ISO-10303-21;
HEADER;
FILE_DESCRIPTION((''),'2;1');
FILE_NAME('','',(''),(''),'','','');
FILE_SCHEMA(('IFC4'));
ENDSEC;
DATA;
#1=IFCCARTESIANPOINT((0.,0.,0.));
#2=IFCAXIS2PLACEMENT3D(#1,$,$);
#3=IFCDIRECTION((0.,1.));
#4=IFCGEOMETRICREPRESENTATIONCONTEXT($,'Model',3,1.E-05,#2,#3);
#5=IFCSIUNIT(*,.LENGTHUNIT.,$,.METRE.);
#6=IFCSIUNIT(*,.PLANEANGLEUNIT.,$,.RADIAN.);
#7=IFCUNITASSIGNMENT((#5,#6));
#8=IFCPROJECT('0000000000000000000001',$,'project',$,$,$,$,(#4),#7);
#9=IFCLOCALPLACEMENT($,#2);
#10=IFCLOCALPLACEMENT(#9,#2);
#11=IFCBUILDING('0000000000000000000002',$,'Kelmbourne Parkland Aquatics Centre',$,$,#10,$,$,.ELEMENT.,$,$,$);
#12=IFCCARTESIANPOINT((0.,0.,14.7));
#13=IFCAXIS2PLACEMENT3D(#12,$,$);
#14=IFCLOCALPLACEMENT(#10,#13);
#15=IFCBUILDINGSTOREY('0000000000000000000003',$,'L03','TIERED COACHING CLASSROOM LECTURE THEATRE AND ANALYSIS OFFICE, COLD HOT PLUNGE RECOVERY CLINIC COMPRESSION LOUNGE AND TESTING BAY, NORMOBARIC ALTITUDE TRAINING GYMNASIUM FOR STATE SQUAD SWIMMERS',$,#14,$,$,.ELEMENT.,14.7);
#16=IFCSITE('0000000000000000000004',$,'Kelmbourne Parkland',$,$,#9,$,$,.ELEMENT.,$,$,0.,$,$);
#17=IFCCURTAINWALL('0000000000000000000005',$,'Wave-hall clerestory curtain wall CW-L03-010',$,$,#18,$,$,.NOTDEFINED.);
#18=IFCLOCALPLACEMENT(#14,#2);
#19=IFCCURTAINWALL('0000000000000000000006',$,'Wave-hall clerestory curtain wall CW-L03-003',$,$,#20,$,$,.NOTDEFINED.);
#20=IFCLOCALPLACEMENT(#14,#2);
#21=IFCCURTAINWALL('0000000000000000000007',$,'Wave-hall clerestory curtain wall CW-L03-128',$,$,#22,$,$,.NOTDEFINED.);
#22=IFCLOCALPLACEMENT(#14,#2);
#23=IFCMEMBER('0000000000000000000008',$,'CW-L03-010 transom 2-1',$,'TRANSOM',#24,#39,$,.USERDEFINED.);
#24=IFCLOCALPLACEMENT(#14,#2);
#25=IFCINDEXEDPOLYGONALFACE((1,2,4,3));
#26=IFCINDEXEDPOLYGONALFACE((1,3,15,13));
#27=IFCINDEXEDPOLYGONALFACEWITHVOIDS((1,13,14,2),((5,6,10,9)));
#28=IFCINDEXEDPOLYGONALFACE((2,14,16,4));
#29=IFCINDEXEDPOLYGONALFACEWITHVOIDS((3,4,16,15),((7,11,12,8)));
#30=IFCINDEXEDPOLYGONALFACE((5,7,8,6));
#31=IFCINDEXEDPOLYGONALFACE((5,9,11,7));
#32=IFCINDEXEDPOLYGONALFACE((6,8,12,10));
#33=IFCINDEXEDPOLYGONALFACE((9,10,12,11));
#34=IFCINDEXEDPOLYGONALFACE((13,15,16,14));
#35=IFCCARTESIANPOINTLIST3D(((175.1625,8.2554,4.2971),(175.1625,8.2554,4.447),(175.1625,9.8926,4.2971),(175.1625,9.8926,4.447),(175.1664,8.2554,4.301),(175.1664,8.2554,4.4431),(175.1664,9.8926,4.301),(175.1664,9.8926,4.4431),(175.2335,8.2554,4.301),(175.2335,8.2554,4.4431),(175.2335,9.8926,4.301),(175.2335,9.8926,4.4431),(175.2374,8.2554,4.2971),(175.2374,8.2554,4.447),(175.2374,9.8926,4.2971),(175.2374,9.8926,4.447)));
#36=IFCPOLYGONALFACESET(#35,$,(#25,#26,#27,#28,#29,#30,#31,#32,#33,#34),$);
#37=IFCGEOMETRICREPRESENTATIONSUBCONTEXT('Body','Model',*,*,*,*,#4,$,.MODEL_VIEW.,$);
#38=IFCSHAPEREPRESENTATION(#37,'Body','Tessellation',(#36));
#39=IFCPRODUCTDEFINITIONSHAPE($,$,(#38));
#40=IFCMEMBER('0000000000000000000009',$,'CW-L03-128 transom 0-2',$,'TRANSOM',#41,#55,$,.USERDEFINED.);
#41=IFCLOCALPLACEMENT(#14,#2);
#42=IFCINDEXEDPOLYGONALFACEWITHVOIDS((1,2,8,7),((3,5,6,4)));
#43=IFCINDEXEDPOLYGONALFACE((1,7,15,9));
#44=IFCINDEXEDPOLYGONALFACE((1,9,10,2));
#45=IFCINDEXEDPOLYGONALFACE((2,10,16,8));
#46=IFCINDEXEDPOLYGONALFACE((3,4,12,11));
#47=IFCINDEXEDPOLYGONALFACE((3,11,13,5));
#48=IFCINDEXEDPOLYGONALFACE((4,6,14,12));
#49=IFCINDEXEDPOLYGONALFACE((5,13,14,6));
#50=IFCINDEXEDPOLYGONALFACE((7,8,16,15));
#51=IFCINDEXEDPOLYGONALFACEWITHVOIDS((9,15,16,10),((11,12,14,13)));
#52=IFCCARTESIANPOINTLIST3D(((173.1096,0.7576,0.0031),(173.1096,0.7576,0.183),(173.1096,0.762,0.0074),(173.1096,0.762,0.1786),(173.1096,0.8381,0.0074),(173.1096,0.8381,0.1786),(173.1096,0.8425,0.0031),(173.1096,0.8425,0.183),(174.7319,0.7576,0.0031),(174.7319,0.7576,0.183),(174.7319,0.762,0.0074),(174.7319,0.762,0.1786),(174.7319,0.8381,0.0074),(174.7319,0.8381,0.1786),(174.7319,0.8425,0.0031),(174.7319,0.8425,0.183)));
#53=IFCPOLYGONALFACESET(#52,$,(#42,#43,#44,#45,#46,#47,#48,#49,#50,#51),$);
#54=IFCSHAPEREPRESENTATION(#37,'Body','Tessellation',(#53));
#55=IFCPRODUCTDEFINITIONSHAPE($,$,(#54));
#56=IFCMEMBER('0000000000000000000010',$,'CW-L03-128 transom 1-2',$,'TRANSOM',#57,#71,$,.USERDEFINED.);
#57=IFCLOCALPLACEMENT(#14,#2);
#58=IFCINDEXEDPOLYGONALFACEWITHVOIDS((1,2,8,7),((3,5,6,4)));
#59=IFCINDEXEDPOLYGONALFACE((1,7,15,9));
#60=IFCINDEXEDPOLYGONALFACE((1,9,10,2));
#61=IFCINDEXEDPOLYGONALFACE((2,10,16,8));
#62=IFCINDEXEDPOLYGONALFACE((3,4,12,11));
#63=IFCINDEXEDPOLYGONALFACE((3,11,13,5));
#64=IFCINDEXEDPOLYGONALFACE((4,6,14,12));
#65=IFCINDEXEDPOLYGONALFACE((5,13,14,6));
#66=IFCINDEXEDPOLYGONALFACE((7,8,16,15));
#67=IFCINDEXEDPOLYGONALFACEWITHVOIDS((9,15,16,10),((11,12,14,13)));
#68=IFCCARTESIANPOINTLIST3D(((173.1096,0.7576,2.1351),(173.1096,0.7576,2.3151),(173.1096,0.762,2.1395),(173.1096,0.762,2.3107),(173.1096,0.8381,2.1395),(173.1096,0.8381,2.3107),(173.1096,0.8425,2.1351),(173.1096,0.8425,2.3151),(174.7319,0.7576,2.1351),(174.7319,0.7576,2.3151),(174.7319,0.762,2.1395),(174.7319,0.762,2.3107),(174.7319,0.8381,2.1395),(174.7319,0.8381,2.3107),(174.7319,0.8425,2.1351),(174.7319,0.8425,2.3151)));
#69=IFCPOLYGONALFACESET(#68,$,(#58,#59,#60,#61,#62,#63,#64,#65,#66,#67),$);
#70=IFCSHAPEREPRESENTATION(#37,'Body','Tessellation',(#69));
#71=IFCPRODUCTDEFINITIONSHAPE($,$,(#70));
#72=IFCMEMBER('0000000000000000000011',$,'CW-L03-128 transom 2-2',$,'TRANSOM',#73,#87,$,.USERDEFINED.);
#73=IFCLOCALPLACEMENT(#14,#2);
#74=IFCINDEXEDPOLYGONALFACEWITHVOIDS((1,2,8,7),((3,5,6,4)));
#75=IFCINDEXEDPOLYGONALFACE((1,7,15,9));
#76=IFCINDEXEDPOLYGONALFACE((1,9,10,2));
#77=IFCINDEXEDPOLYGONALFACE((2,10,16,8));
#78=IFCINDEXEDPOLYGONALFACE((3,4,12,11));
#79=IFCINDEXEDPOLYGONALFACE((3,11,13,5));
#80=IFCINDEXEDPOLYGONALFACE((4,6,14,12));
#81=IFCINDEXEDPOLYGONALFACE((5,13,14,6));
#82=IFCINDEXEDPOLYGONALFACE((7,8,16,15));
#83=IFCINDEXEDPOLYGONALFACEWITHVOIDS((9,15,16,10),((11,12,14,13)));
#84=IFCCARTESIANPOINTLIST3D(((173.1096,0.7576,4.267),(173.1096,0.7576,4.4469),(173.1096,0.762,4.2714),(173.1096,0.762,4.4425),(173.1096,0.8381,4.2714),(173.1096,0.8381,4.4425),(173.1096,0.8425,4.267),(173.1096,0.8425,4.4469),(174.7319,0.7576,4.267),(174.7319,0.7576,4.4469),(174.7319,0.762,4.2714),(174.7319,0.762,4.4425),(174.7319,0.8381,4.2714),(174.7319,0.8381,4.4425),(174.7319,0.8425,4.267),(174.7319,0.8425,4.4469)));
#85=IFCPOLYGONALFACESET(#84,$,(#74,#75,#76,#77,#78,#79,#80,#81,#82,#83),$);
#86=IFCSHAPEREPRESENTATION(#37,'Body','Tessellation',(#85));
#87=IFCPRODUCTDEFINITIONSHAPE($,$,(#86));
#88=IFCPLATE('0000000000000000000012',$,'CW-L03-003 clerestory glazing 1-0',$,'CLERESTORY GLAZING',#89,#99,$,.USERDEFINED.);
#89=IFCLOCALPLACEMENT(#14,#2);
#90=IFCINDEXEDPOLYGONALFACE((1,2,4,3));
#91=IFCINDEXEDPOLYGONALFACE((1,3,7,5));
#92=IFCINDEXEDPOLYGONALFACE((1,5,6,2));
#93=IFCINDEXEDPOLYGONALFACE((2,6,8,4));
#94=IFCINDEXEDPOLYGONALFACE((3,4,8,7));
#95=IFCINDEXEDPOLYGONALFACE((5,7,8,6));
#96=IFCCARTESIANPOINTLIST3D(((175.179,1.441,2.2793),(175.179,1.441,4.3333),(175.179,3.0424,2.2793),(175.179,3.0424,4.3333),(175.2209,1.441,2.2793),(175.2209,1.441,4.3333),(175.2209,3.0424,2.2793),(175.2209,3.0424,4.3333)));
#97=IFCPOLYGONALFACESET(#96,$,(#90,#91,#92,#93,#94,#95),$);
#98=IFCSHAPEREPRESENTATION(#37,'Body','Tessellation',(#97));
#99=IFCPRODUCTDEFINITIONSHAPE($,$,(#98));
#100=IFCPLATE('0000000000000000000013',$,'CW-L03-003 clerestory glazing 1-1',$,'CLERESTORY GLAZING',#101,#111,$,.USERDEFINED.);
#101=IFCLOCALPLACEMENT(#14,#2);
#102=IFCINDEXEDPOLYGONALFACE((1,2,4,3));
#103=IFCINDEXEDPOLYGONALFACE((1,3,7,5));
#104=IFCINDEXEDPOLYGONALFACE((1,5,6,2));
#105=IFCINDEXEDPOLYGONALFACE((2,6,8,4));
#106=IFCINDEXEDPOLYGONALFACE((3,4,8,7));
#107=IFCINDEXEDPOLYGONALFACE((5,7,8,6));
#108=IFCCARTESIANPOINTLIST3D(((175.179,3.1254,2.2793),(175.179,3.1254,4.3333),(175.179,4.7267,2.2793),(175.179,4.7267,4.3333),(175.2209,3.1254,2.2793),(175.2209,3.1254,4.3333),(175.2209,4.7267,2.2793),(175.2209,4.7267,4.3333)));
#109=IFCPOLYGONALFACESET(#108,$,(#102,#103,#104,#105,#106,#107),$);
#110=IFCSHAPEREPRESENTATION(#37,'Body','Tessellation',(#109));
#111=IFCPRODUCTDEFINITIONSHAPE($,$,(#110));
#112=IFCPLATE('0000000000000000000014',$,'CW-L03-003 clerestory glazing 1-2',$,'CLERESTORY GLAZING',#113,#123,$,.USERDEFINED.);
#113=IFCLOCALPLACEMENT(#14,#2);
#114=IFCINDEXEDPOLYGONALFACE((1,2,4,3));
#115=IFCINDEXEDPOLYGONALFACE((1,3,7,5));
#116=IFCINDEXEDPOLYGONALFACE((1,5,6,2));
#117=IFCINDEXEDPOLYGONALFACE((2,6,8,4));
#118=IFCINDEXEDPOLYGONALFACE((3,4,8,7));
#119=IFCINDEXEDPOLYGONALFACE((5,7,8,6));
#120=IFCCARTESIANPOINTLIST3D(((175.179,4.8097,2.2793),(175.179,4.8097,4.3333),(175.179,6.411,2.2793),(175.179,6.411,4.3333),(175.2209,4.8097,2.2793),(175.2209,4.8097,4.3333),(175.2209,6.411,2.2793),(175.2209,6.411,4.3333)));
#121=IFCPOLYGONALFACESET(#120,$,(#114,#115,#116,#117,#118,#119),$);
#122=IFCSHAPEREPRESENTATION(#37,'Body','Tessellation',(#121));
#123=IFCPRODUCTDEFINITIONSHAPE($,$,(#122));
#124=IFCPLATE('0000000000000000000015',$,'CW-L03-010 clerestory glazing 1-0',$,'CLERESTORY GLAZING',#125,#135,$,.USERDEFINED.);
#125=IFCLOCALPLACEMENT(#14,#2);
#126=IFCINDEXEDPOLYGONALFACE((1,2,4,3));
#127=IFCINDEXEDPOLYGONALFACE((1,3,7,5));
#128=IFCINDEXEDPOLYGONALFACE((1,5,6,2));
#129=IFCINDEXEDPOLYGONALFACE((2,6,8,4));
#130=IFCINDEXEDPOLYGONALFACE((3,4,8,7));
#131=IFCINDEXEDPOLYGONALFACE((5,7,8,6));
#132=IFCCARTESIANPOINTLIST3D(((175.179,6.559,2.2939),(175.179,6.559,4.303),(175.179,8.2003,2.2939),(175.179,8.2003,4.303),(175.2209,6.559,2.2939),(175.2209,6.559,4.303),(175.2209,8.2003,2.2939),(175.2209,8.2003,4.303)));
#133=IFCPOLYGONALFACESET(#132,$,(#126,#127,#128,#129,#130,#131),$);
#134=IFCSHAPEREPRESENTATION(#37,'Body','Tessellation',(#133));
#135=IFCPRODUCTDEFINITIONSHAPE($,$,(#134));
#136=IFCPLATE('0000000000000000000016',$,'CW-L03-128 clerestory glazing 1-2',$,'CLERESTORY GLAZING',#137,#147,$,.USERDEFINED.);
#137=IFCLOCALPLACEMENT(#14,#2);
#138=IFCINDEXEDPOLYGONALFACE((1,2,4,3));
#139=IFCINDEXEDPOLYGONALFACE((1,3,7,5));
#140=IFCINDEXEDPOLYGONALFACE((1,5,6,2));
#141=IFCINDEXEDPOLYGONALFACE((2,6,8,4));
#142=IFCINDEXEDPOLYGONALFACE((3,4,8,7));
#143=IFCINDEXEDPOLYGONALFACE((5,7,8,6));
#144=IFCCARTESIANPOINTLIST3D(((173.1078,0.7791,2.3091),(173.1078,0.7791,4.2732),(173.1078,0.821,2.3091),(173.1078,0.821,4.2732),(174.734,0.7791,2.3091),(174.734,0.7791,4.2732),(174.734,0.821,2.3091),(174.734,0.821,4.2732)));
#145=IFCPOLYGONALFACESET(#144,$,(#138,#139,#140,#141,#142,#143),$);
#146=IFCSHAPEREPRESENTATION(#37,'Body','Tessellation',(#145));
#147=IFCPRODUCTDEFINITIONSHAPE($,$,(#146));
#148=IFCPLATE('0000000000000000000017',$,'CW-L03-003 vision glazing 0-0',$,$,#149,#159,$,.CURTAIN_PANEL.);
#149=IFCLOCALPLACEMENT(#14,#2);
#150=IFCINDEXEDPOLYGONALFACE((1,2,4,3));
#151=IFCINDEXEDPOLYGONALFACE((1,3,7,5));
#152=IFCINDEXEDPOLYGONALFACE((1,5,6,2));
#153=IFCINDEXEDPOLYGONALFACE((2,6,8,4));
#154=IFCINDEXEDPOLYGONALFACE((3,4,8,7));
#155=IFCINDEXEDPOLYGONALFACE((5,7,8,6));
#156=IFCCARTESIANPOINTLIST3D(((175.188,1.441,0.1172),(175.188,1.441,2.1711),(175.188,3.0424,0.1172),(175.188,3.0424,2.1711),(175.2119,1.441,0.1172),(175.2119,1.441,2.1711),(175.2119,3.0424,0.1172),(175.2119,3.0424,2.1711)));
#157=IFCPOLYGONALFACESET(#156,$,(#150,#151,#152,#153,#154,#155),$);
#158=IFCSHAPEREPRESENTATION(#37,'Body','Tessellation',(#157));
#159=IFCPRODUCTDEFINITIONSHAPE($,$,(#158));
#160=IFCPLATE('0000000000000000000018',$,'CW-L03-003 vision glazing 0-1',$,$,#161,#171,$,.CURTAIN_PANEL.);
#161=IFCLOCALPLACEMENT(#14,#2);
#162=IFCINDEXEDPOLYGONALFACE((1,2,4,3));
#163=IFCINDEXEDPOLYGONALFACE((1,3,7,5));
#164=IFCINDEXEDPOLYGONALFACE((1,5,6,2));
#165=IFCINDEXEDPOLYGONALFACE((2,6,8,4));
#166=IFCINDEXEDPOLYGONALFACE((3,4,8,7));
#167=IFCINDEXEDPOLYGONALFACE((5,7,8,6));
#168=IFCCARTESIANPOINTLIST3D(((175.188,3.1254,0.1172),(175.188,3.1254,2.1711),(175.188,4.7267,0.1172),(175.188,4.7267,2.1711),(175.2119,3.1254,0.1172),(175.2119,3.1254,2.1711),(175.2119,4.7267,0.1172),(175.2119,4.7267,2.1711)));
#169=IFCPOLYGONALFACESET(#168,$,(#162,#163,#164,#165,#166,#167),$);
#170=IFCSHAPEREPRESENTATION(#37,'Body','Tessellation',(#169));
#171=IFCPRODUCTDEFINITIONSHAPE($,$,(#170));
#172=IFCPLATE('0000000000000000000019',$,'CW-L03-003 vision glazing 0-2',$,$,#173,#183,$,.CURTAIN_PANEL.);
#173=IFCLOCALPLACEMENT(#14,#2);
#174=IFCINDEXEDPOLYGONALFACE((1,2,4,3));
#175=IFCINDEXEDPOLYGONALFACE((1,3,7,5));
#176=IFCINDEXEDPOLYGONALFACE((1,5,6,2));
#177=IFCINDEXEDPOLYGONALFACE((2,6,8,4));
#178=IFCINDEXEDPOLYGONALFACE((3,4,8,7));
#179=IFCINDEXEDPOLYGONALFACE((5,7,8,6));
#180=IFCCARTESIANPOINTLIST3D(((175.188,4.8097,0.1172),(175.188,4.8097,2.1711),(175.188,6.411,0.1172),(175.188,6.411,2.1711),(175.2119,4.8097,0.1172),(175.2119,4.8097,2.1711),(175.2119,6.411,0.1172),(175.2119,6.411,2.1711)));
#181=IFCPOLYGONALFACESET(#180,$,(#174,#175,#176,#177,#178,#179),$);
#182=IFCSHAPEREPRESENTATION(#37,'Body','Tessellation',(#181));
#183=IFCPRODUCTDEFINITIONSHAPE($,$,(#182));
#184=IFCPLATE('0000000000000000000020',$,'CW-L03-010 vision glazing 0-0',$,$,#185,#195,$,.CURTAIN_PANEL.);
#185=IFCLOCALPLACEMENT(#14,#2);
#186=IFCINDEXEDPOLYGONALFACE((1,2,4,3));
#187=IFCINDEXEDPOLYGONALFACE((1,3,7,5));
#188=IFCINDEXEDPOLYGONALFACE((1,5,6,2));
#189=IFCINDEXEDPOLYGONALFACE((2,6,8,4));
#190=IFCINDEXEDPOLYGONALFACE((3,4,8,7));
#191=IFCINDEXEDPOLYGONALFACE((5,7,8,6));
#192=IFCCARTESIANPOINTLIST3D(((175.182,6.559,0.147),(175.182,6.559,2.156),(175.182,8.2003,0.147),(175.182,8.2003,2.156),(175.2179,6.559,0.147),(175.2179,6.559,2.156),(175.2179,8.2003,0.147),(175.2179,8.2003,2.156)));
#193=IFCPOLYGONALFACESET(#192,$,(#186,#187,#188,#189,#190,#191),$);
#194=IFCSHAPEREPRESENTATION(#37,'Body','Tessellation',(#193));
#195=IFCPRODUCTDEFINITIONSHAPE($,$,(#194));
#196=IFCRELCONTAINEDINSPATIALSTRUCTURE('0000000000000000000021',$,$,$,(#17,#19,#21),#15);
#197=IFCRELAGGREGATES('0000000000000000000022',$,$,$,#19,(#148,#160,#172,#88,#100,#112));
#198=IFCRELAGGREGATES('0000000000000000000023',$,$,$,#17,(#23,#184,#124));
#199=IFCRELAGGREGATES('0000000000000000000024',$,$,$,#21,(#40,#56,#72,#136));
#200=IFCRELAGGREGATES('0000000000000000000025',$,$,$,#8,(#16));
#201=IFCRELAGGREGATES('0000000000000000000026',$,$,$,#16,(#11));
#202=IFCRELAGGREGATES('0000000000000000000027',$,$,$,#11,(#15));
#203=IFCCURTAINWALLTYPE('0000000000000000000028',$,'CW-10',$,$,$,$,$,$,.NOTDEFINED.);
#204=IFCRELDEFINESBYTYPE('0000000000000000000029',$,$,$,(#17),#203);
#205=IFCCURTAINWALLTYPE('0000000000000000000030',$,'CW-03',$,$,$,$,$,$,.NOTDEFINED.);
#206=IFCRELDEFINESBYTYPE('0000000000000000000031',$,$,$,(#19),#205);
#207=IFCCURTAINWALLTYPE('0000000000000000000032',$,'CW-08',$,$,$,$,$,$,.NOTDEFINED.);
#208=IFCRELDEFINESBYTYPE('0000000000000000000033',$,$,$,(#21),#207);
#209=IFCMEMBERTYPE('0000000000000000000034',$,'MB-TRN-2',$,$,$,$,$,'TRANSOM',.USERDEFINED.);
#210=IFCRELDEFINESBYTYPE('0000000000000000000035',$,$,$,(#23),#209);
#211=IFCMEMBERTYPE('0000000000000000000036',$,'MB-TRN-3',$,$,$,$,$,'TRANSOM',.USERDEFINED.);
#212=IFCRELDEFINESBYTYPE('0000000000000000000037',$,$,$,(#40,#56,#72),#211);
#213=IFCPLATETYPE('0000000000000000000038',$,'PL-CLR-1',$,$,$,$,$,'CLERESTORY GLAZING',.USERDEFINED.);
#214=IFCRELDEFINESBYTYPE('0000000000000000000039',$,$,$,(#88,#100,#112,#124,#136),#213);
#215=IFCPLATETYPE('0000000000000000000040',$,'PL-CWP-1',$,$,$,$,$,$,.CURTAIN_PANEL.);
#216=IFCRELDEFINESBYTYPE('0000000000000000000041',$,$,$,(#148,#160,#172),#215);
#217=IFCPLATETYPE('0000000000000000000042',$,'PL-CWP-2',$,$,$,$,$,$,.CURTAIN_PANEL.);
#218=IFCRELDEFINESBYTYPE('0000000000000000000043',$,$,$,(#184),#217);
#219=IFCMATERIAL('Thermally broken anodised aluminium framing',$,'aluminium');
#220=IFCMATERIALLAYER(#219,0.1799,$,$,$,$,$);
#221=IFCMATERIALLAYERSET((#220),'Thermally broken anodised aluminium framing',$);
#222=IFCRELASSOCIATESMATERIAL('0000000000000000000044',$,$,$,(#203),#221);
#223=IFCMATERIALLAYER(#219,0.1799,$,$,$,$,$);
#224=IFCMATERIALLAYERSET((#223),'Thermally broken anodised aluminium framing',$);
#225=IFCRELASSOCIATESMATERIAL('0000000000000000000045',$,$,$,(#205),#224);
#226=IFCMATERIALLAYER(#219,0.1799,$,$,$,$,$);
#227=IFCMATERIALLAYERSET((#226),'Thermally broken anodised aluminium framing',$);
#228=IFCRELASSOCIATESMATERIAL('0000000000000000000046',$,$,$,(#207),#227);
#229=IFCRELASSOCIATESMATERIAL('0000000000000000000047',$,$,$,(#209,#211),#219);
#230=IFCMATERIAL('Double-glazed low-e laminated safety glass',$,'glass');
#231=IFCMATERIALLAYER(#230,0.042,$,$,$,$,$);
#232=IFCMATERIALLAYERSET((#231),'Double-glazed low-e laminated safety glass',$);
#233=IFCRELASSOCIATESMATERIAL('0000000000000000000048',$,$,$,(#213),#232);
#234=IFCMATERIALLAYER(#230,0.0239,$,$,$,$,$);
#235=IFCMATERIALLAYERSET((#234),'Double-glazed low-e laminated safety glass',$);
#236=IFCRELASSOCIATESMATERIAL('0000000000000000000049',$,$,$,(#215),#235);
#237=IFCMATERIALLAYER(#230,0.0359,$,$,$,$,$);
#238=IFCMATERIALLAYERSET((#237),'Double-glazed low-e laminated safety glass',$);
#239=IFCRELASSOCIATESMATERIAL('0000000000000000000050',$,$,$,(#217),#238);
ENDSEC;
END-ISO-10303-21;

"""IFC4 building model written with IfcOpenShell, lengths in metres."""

from ifc_helpers import new_model, si_unit, direction, frame, origin, origin_2d, place, context, subcontext, project, spatial, rectangle, hollow_rectangle, extrude, material, layer, layer_set, material_profile, profile_set, type_object, element, aggregate, save


model = new_model("IFC4")

# Units and contexts
model_context = context("Model", 3, precision=1e-05, world=origin(), true_north=direction((0.0, 1.0)))
body_context = subcontext(model_context, "Body", "Model", "MODEL_VIEW")
ifc_project = project(units=[si_unit("LENGTHUNIT", "METRE"), si_unit("PLANEANGLEUNIT", "RADIAN")], contexts=[model_context])

# Site, building, storey
site_placement = place(None, origin())
site = spatial("IfcSite", under=ifc_project, at=site_placement, Name="Kelmbourne Parkland", CompositionType="ELEMENT", RefElevation=0.0)
building_placement = place(site_placement, origin())
building = spatial("IfcBuilding", under=site, at=building_placement, Name="Kelmbourne Parkland Aquatics Centre", CompositionType="ELEMENT")
storey_placement = place(building_placement, frame((0.0, 0.0, 14.7)))
storey = spatial("IfcBuildingStorey", under=building, at=storey_placement, Name="L03", Description="TIERED COACHING CLASSROOM LECTURE THEATRE AND ANALYSIS OFFICE, COLD HOT PLUNGE RECOVERY CLINIC COMPRESSION LOUNGE AND TESTING BAY, NORMOBARIC ALTITUDE TRAINING GYMNASIUM FOR STATE SQUAD SWIMMERS", CompositionType="ELEMENT", Elevation=14.7)

# Curtain walls
ifc_material_1 = material(Name="Thermally broken anodised aluminium framing", Category="aluminium")
ifc_layer_1 = layer(ifc_material_1, 0.1799)
ifc_layer_set_1 = layer_set([ifc_layer_1], Name="Thermally broken anodised aluminium framing")
curtain_wall_type_1 = type_object("IfcCurtainWallType", Name="CW-10", PredefinedType="NOTDEFINED", material=ifc_layer_set_1)
curtain_wall_1_placement = place(storey_placement, origin())
curtain_wall_1 = element("IfcCurtainWall", 1, at=curtain_wall_1_placement, inside=storey, type_object=curtain_wall_type_1, Name="Wave-hall clerestory curtain wall CW-L03-010", PredefinedType="NOTDEFINED")
ifc_layer_2 = layer(ifc_material_1, 0.1799)
ifc_layer_set_2 = layer_set([ifc_layer_2], Name="Thermally broken anodised aluminium framing")
curtain_wall_type_2 = type_object("IfcCurtainWallType", Name="CW-03", PredefinedType="NOTDEFINED", material=ifc_layer_set_2)
curtain_wall_2_placement = place(storey_placement, origin())
curtain_wall_2 = element("IfcCurtainWall", 2, at=curtain_wall_2_placement, inside=storey, type_object=curtain_wall_type_2, Name="Wave-hall clerestory curtain wall CW-L03-003", PredefinedType="NOTDEFINED")

# Curtain wall
ifc_layer_3 = layer(ifc_material_1, 0.1799)
ifc_layer_set_3 = layer_set([ifc_layer_3], Name="Thermally broken anodised aluminium framing")
curtain_wall_type_3 = type_object("IfcCurtainWallType", Name="CW-08", PredefinedType="NOTDEFINED", material=ifc_layer_set_3)
curtain_wall_3_placement = place(storey_placement, origin())
curtain_wall_3 = element("IfcCurtainWall", 3, at=curtain_wall_3_placement, inside=storey, type_object=curtain_wall_type_3, Name="Wave-hall clerestory curtain wall CW-L03-128", PredefinedType="NOTDEFINED")

# Members
ifc_material_profile_1 = material_profile(ifc_material_1, hollow_rectangle(XDim=0.075, YDim=0.1499, WallThickness=0.0039, at=origin_2d()), Name="CW-T 75x150")
ifc_profile_set_1 = profile_set([ifc_material_profile_1], Name="Thermally broken anodised aluminium framing")
member_type_1 = type_object("IfcMemberType", Name="MB-TRN-2", ElementType="TRANSOM", PredefinedType="USERDEFINED", material=ifc_profile_set_1)
member_1_placement = place(storey_placement, frame((175.2, 8.2554, 4.3721), z_axis=(0.0, 1.0, 0.0), x_axis=(-1.0, 0.0, 0.0)))
member_1 = element("IfcMember", 4, at=member_1_placement, type_object=member_type_1, Name="CW-L03-010 transom 2-1", ObjectType="TRANSOM", PredefinedType="USERDEFINED", context=body_context, shape_type="SweptSolid", body=[
    extrude(hollow_rectangle(XDim=0.075, YDim=0.1499, WallThickness=0.0039, at=origin_2d()), origin(), (0.0, 0.0, 1.0), 1.6372),
])
ifc_material_profile_2 = material_profile(ifc_material_1, hollow_rectangle(XDim=0.085, YDim=0.1799, WallThickness=0.0044, at=origin_2d()), Name="CW-T 85x180")
ifc_profile_set_2 = profile_set([ifc_material_profile_2], Name="Thermally broken anodised aluminium framing")
member_type_2 = type_object("IfcMemberType", Name="MB-TRN-3", ElementType="TRANSOM", PredefinedType="USERDEFINED", material=ifc_profile_set_2)
member_2_placement = place(storey_placement, frame((173.1096, 0.8, 0.093), z_axis=(1.0, 0.0, 0.0), x_axis=(0.0, 1.0, 0.0)))
member_2 = element("IfcMember", 5, at=member_2_placement, type_object=member_type_2, Name="CW-L03-128 transom 0-2", ObjectType="TRANSOM", PredefinedType="USERDEFINED", context=body_context, shape_type="SweptSolid", body=[
    extrude(hollow_rectangle(XDim=0.085, YDim=0.1799, WallThickness=0.0044, at=origin_2d()), origin(), (0.0, 0.0, 1.0), 1.6223),
])
member_3_placement = place(storey_placement, frame((173.1096, 0.8, 2.2251), z_axis=(1.0, 0.0, 0.0), x_axis=(0.0, 1.0, 0.0)))
member_3 = element("IfcMember", 6, at=member_3_placement, type_object=member_type_2, Name="CW-L03-128 transom 1-2", ObjectType="TRANSOM", PredefinedType="USERDEFINED", context=body_context, shape_type="SweptSolid", body=[
    extrude(hollow_rectangle(XDim=0.085, YDim=0.1799, WallThickness=0.0044, at=origin_2d()), origin(), (0.0, 0.0, 1.0), 1.6223),
])
member_4_placement = place(storey_placement, frame((173.1096, 0.8, 4.3569), z_axis=(1.0, 0.0, 0.0), x_axis=(0.0, 1.0, 0.0)))
member_4 = element("IfcMember", 7, at=member_4_placement, type_object=member_type_2, Name="CW-L03-128 transom 2-2", ObjectType="TRANSOM", PredefinedType="USERDEFINED", context=body_context, shape_type="SweptSolid", body=[
    extrude(hollow_rectangle(XDim=0.085, YDim=0.1799, WallThickness=0.0044, at=origin_2d()), origin(), (0.0, 0.0, 1.0), 1.6223),
])

# Plates
ifc_material_2 = material(Name="Double-glazed low-e laminated safety glass", Category="glass")
ifc_layer_4 = layer(ifc_material_2, 0.042)
ifc_layer_set_4 = layer_set([ifc_layer_4], Name="Double-glazed low-e laminated safety glass")
plate_type_1 = type_object("IfcPlateType", Name="PL-CLR-1", ElementType="CLERESTORY GLAZING", PredefinedType="USERDEFINED", material=ifc_layer_set_4)
plate_1_placement = place(storey_placement, frame((175.2, 2.2417, 2.2793), z_axis=(0.0, 0.0, 1.0), x_axis=(0.0, 1.0, 0.0)))
plate_1 = element("IfcPlate", 8, at=plate_1_placement, type_object=plate_type_1, Name="CW-L03-003 clerestory glazing 1-0", ObjectType="CLERESTORY GLAZING", PredefinedType="USERDEFINED", context=body_context, shape_type="SweptSolid", body=[
    extrude(rectangle(XDim=1.6013, YDim=0.042, at=origin_2d()), origin(), (0.0, 0.0, 1.0), 2.054),
])
plate_2_placement = place(storey_placement, frame((175.2, 3.926, 2.2793), z_axis=(0.0, 0.0, 1.0), x_axis=(0.0, 1.0, 0.0)))
plate_2 = element("IfcPlate", 9, at=plate_2_placement, type_object=plate_type_1, Name="CW-L03-003 clerestory glazing 1-1", ObjectType="CLERESTORY GLAZING", PredefinedType="USERDEFINED", context=body_context, shape_type="SweptSolid", body=[
    extrude(rectangle(XDim=1.6013, YDim=0.042, at=origin_2d()), origin(), (0.0, 0.0, 1.0), 2.054),
])
plate_3_placement = place(storey_placement, frame((175.2, 5.6104, 2.2793), z_axis=(0.0, 0.0, 1.0), x_axis=(0.0, 1.0, 0.0)))
plate_3 = element("IfcPlate", 10, at=plate_3_placement, type_object=plate_type_1, Name="CW-L03-003 clerestory glazing 1-2", ObjectType="CLERESTORY GLAZING", PredefinedType="USERDEFINED", context=body_context, shape_type="SweptSolid", body=[
    extrude(rectangle(XDim=1.6013, YDim=0.042, at=origin_2d()), origin(), (0.0, 0.0, 1.0), 2.054),
])
plate_4_placement = place(storey_placement, frame((175.2, 7.3796, 2.2939), z_axis=(0.0, 0.0, 1.0), x_axis=(0.0, 1.0, 0.0)))
plate_4 = element("IfcPlate", 11, at=plate_4_placement, type_object=plate_type_1, Name="CW-L03-010 clerestory glazing 1-0", ObjectType="CLERESTORY GLAZING", PredefinedType="USERDEFINED", context=body_context, shape_type="SweptSolid", body=[
    extrude(rectangle(XDim=1.6414, YDim=0.042, at=origin_2d()), origin(), (0.0, 0.0, 1.0), 2.009),
])
plate_5_placement = place(storey_placement, frame((173.9209, 0.8, 2.3091), z_axis=(0.0, 0.0, 1.0), x_axis=(1.0, 0.0, 0.0)))
plate_5 = element("IfcPlate", 12, at=plate_5_placement, type_object=plate_type_1, Name="CW-L03-128 clerestory glazing 1-2", ObjectType="CLERESTORY GLAZING", PredefinedType="USERDEFINED", context=body_context, shape_type="SweptSolid", body=[
    extrude(rectangle(XDim=1.6262, YDim=0.042, at=origin_2d()), origin(), (0.0, 0.0, 1.0), 1.9641),
])
ifc_layer_5 = layer(ifc_material_2, 0.0239)
ifc_layer_set_5 = layer_set([ifc_layer_5], Name="Double-glazed low-e laminated safety glass")
plate_type_2 = type_object("IfcPlateType", Name="PL-CWP-1", PredefinedType="CURTAIN_PANEL", material=ifc_layer_set_5)
plate_6_placement = place(storey_placement, frame((175.2, 2.2417, 0.1172), z_axis=(0.0, 0.0, 1.0), x_axis=(0.0, 1.0, 0.0)))
plate_6 = element("IfcPlate", 13, at=plate_6_placement, type_object=plate_type_2, Name="CW-L03-003 vision glazing 0-0", PredefinedType="CURTAIN_PANEL", context=body_context, shape_type="SweptSolid", body=[
    extrude(rectangle(XDim=1.6013, YDim=0.0239, at=origin_2d()), origin(), (0.0, 0.0, 1.0), 2.054),
])
plate_7_placement = place(storey_placement, frame((175.2, 3.926, 0.1172), z_axis=(0.0, 0.0, 1.0), x_axis=(0.0, 1.0, 0.0)))
plate_7 = element("IfcPlate", 14, at=plate_7_placement, type_object=plate_type_2, Name="CW-L03-003 vision glazing 0-1", PredefinedType="CURTAIN_PANEL", context=body_context, shape_type="SweptSolid", body=[
    extrude(rectangle(XDim=1.6013, YDim=0.0239, at=origin_2d()), origin(), (0.0, 0.0, 1.0), 2.054),
])
plate_8_placement = place(storey_placement, frame((175.2, 5.6104, 0.1172), z_axis=(0.0, 0.0, 1.0), x_axis=(0.0, 1.0, 0.0)))
plate_8 = element("IfcPlate", 15, at=plate_8_placement, type_object=plate_type_2, Name="CW-L03-003 vision glazing 0-2", PredefinedType="CURTAIN_PANEL", context=body_context, shape_type="SweptSolid", body=[
    extrude(rectangle(XDim=1.6013, YDim=0.0239, at=origin_2d()), origin(), (0.0, 0.0, 1.0), 2.054),
])
aggregate(curtain_wall_2, [plate_6, plate_7, plate_8, plate_1, plate_2, plate_3])
ifc_layer_6 = layer(ifc_material_2, 0.0359)
ifc_layer_set_6 = layer_set([ifc_layer_6], Name="Double-glazed low-e laminated safety glass")
plate_type_3 = type_object("IfcPlateType", Name="PL-CWP-2", PredefinedType="CURTAIN_PANEL", material=ifc_layer_set_6)
plate_9_placement = place(storey_placement, frame((175.2, 7.3796, 0.147), z_axis=(0.0, 0.0, 1.0), x_axis=(0.0, 1.0, 0.0)))
plate_9 = element("IfcPlate", 16, at=plate_9_placement, type_object=plate_type_3, Name="CW-L03-010 vision glazing 0-0", PredefinedType="CURTAIN_PANEL", context=body_context, shape_type="SweptSolid", body=[
    extrude(rectangle(XDim=1.6414, YDim=0.0359, at=origin_2d()), origin(), (0.0, 0.0, 1.0), 2.009),
])
aggregate(curtain_wall_1, [member_1, plate_9, plate_4])
aggregate(curtain_wall_3, [member_2, member_3, member_4, plate_5])

save(model, "model.ifc")
